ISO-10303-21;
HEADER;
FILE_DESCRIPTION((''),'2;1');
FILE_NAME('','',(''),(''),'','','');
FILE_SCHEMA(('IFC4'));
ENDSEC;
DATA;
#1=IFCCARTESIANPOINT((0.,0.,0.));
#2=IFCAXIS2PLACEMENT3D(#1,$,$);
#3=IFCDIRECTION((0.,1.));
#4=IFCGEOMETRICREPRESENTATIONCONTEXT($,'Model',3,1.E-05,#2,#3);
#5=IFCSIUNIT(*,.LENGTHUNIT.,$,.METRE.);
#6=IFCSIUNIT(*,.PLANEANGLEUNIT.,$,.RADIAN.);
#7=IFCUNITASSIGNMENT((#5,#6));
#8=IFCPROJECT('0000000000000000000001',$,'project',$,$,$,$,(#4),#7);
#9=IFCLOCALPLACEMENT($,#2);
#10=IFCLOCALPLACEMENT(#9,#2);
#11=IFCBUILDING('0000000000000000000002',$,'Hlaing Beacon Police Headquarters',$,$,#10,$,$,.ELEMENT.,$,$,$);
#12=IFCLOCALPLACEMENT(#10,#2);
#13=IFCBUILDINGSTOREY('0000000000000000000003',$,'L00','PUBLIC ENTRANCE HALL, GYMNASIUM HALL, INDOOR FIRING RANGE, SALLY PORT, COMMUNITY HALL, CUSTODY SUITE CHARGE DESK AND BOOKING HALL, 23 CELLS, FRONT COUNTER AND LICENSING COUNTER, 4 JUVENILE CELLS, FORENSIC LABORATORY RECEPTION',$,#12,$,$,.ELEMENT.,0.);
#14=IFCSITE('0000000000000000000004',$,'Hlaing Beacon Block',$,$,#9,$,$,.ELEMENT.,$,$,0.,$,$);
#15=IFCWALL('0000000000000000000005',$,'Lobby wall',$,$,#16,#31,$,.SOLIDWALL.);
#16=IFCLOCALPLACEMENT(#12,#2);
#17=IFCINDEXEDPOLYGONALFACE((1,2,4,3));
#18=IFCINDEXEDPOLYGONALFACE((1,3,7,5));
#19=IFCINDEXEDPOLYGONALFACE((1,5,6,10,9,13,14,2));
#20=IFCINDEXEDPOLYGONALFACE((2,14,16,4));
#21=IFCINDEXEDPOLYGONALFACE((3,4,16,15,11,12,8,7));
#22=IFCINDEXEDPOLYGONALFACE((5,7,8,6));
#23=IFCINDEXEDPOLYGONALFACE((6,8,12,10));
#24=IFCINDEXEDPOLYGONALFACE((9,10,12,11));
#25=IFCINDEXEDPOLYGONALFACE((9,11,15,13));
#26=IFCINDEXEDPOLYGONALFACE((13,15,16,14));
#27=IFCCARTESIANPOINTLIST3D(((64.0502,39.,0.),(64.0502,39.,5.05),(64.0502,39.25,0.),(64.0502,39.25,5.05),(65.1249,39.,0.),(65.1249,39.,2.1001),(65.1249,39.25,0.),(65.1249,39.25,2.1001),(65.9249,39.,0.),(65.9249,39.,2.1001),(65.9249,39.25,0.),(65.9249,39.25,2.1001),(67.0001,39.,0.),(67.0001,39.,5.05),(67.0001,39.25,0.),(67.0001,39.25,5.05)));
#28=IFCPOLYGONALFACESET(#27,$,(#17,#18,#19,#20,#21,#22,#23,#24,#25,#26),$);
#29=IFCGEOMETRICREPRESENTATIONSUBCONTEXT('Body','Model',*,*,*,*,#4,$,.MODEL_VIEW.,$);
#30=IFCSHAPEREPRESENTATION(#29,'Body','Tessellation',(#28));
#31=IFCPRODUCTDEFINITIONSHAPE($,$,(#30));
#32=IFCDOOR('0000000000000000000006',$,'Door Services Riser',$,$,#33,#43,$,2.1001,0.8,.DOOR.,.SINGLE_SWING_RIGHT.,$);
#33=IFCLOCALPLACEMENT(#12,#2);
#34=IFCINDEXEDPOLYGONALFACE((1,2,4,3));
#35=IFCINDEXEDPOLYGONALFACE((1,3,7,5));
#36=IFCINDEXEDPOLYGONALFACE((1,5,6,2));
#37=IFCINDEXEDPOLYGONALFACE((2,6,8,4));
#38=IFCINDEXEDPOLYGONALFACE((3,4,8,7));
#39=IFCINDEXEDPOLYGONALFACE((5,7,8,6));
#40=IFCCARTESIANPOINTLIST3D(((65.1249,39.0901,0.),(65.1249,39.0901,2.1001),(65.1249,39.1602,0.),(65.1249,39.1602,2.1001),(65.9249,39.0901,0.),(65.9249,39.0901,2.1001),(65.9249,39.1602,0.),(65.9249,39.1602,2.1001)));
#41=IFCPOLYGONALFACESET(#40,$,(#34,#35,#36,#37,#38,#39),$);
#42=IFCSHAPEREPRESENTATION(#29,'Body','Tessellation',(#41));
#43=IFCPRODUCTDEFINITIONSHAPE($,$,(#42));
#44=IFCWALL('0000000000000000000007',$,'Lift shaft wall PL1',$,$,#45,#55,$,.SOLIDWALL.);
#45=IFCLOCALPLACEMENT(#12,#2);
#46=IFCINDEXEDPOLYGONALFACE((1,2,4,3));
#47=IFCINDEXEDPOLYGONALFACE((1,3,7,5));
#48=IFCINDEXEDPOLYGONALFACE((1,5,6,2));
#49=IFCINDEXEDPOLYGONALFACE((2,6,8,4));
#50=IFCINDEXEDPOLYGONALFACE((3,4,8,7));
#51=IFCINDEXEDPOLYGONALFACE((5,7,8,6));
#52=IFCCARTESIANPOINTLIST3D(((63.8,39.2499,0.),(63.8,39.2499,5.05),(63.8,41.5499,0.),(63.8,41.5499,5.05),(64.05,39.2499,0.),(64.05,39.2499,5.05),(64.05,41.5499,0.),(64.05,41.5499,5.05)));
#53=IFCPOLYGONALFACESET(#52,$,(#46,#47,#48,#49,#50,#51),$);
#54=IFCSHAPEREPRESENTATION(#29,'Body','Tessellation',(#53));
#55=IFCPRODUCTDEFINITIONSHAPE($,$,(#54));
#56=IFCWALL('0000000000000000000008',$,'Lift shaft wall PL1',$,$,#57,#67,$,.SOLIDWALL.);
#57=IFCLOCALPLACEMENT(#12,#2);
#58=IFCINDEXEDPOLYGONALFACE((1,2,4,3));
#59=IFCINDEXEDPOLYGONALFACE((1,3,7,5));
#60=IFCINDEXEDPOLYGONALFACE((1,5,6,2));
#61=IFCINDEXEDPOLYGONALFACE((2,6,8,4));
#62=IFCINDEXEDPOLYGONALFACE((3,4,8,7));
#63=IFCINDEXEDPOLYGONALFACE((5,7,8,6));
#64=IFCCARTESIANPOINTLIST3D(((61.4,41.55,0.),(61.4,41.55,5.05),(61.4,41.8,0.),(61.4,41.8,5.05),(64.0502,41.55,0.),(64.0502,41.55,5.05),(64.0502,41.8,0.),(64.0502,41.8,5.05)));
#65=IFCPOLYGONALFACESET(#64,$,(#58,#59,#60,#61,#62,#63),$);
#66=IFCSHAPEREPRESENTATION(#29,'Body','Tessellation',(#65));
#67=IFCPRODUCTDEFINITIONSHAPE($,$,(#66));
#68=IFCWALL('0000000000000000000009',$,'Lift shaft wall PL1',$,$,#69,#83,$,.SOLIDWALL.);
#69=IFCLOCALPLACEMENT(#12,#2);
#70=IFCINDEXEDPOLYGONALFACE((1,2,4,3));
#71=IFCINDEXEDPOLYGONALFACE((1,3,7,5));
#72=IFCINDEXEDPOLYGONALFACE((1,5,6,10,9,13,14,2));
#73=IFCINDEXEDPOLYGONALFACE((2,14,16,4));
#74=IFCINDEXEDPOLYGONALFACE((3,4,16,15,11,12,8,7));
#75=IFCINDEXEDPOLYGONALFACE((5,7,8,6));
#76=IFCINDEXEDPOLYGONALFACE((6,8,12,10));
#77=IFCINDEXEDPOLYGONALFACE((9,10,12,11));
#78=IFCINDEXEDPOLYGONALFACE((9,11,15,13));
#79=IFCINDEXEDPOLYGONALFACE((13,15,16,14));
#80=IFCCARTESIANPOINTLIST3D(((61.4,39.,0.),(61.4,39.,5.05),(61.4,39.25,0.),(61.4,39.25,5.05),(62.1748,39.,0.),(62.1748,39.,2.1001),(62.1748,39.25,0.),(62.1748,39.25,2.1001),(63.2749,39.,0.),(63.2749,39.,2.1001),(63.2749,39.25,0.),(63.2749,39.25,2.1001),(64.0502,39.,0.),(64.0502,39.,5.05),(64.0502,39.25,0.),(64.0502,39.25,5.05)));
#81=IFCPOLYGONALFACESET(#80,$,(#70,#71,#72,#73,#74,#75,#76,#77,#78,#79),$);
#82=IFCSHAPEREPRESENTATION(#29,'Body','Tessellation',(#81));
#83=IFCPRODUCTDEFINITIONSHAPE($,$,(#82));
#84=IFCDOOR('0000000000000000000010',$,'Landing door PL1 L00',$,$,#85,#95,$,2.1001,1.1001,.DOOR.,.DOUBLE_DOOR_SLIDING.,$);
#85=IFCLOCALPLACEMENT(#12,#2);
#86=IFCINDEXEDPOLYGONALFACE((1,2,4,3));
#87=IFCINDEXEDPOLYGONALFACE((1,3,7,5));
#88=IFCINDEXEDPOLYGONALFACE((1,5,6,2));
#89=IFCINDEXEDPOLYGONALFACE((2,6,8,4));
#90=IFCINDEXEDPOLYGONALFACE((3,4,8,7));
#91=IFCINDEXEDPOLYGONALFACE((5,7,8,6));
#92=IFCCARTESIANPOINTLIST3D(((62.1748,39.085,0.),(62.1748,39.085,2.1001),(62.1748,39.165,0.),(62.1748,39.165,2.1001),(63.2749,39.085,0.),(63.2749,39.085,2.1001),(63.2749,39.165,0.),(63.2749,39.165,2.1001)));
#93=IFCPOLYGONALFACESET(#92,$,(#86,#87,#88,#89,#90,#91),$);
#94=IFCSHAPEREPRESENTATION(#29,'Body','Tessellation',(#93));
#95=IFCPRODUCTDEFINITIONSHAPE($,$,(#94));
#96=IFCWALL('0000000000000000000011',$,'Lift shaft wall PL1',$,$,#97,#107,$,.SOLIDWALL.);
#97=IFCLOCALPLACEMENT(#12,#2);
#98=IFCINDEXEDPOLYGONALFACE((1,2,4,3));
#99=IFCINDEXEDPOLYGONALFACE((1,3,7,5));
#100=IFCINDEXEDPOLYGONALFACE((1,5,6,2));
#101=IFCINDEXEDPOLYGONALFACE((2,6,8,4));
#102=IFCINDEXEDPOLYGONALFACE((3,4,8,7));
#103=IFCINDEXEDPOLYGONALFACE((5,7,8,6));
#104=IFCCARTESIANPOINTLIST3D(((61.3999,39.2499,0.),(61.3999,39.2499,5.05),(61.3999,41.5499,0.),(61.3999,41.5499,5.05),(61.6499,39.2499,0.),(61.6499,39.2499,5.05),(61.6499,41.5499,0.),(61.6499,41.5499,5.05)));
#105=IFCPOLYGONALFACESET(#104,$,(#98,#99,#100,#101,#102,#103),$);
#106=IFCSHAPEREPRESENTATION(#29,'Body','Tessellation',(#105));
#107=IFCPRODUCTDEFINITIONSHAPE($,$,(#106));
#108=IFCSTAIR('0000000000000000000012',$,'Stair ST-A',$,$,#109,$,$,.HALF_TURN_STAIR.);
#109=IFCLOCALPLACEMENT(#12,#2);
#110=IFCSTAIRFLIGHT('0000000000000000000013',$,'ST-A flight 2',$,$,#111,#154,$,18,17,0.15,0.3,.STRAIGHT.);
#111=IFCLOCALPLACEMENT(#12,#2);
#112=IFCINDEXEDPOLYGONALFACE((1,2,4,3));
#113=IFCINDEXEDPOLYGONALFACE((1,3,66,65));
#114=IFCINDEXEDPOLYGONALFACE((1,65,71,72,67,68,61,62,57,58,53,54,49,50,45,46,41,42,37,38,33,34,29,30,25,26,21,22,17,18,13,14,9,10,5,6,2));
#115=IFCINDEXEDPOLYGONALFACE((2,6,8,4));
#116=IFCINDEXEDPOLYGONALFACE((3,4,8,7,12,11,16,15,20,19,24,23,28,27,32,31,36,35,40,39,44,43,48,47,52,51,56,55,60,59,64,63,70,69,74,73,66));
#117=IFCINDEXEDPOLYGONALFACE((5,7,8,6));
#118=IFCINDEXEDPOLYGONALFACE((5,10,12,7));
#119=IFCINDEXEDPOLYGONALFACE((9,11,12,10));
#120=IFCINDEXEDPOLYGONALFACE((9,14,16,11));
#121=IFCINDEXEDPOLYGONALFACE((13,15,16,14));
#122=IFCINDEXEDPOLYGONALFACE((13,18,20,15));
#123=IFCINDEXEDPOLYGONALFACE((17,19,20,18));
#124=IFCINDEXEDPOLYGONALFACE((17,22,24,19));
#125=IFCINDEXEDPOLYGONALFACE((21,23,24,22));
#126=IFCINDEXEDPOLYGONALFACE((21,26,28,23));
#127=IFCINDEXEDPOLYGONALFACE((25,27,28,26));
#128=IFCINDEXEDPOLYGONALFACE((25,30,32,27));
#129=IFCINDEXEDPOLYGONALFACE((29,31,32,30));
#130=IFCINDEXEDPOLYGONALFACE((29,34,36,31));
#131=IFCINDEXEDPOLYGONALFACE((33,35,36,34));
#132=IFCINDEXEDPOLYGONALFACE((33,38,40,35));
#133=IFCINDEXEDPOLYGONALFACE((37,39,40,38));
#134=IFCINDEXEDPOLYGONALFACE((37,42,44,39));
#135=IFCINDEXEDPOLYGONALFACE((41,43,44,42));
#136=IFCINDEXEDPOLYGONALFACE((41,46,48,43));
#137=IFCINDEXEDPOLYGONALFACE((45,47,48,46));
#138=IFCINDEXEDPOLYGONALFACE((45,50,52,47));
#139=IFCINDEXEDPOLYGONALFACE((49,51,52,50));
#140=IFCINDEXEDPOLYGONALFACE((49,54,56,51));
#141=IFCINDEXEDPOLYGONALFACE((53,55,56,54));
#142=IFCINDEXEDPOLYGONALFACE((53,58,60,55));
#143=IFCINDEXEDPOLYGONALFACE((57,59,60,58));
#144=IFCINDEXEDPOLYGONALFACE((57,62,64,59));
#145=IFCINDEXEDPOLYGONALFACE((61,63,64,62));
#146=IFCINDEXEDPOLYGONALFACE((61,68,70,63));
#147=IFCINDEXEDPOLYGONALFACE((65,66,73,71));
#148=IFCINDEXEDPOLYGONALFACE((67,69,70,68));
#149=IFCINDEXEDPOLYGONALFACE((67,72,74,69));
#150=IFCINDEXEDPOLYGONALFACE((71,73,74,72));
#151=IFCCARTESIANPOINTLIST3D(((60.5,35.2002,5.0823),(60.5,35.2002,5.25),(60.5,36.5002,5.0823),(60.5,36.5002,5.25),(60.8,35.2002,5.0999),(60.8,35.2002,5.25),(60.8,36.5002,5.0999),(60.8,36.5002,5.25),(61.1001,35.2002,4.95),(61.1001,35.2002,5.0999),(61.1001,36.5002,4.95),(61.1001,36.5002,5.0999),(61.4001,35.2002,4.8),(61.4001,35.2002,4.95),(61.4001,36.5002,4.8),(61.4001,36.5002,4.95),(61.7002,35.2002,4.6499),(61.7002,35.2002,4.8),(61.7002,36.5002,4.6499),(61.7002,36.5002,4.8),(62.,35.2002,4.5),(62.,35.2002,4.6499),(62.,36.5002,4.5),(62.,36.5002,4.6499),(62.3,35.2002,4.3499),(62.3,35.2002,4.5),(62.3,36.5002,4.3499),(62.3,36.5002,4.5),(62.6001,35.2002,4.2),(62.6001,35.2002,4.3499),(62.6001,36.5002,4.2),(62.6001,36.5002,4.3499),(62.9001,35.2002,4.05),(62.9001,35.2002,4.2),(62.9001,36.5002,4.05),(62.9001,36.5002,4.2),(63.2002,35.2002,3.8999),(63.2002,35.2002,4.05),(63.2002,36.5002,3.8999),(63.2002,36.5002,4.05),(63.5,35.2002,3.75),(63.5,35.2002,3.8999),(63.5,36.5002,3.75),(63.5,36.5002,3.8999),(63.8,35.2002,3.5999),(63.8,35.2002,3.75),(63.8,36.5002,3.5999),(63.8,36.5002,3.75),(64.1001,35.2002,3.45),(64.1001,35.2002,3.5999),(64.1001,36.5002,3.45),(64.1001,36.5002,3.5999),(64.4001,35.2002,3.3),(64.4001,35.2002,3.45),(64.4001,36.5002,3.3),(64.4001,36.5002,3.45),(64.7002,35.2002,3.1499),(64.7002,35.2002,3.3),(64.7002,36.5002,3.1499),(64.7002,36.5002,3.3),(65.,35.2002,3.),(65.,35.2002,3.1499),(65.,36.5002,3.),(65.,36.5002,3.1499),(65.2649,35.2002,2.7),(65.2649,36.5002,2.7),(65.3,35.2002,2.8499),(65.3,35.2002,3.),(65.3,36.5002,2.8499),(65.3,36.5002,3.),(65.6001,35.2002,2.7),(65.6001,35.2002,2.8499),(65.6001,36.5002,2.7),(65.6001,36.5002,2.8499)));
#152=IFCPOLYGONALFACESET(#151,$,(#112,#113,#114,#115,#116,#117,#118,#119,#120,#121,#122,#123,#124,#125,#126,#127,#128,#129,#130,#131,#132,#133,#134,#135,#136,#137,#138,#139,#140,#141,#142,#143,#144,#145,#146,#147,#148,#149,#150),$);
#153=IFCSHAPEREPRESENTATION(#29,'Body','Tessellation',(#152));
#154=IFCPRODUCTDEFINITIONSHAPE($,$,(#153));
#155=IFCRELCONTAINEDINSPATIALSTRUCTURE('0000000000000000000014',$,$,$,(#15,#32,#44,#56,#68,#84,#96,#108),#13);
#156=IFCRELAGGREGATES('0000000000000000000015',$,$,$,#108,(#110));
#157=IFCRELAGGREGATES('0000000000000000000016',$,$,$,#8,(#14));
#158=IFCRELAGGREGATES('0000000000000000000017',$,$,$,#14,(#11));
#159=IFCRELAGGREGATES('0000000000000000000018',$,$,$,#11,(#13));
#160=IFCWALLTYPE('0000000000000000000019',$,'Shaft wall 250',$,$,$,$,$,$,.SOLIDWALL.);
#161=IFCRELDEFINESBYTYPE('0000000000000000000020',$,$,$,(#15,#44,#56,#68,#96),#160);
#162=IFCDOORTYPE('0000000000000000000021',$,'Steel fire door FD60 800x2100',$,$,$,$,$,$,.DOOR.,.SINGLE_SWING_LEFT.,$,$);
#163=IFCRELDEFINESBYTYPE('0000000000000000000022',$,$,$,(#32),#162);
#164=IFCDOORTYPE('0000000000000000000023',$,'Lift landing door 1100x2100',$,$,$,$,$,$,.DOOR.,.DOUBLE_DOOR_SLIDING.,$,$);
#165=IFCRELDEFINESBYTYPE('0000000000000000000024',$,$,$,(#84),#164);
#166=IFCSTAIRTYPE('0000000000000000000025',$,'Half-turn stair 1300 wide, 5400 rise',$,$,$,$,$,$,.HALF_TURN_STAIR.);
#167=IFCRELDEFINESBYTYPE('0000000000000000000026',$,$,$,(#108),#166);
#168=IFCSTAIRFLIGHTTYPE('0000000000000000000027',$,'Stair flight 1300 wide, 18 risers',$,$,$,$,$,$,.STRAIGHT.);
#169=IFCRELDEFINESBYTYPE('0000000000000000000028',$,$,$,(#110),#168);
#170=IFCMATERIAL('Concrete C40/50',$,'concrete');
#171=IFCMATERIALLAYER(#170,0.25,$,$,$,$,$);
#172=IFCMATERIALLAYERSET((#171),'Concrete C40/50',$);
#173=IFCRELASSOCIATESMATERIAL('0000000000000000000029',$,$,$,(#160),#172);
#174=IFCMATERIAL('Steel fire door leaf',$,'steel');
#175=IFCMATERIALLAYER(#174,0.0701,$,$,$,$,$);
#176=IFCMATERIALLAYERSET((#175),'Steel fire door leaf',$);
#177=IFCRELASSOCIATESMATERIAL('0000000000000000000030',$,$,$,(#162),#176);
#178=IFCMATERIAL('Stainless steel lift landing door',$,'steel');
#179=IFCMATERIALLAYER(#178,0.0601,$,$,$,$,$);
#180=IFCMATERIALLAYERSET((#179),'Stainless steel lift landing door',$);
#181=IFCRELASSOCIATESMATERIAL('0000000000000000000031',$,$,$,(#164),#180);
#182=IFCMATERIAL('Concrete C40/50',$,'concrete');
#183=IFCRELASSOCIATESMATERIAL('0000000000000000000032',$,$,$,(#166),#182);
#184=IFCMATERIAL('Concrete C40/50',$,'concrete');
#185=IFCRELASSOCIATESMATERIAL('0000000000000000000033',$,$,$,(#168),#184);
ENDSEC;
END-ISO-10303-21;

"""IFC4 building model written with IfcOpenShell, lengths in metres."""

from ifc_helpers import new_model, si_unit, direction, frame, frame_2d, origin, place, context, subcontext, project, spatial, polyline, rectangle, outline, extrude, material, layer, layer_set, type_object, element, fill, aggregate, save


model = new_model("IFC4")

# Units and contexts
model_context = context("Model", 3, precision=1e-05, world=origin(), true_north=direction((0.0, 1.0)))
body_context = subcontext(model_context, "Body", "Model", "MODEL_VIEW")
ifc_project = project(units=[si_unit("LENGTHUNIT", "METRE"), si_unit("PLANEANGLEUNIT", "RADIAN")], contexts=[model_context])

# Site, building, storey
site_placement = place(None, origin())
site = spatial("IfcSite", under=ifc_project, at=site_placement, Name="Hlaing Beacon Block", CompositionType="ELEMENT", RefElevation=0.0)
building_placement = place(site_placement, origin())
building = spatial("IfcBuilding", under=site, at=building_placement, Name="Hlaing Beacon Police Headquarters", CompositionType="ELEMENT")
storey_placement = place(building_placement, origin())
storey = spatial("IfcBuildingStorey", under=building, at=storey_placement, Name="L00", Description="PUBLIC ENTRANCE HALL, GYMNASIUM HALL, INDOOR FIRING RANGE, SALLY PORT, COMMUNITY HALL, CUSTODY SUITE CHARGE DESK AND BOOKING HALL, 23 CELLS, FRONT COUNTER AND LICENSING COUNTER, 4 JUVENILE CELLS, FORENSIC LABORATORY RECEPTION", CompositionType="ELEMENT", Elevation=0.0)

# Wall, opening, door
ifc_material_1 = material(Name="Concrete C40/50", Category="concrete")
ifc_layer_1 = layer(ifc_material_1, 0.25)
ifc_layer_set_1 = layer_set([ifc_layer_1], Name="Concrete C40/50")
wall_type_1 = type_object("IfcWallType", Name="Shaft wall 250", PredefinedType="SOLIDWALL", material=ifc_layer_set_1)
wall_1_placement = place(storey_placement, frame((64.05, 39.125, 0.0), z_axis=(0.0, 0.0, 1.0), x_axis=(1.0, 0.0, 0.0)))
wall_1 = element("IfcWall", 1, at=wall_1_placement, inside=storey, type_object=wall_type_1, Name="Lobby wall", PredefinedType="SOLIDWALL", context=body_context, shape_type="SweptSolid", body=[
    extrude(rectangle(XDim=2.95, YDim=0.25, at=frame_2d((1.4751, 0.0))), origin(), (0.0, 0.0, 1.0), 5.05),
])
opening_1_placement = place(wall_1_placement, frame((1.075, 0.0, 0.0)))
opening_1 = element("IfcOpeningElement", 2, at=opening_1_placement, cuts=wall_1, PredefinedType="OPENING", context=body_context, shape_type="SweptSolid", body=[
    extrude(rectangle(XDim=0.8, YDim=2.1001, at=frame_2d((0.3999, 1.05))), frame((0.0, 0.135, 0.0), z_axis=(0.0, -1.0, 0.0), x_axis=(1.0, 0.0, 0.0)), (0.0, 0.0, 1.0), 0.27),
])
ifc_material_2 = material(Name="Steel fire door leaf", Category="steel")
ifc_layer_2 = layer(ifc_material_2, 0.0701)
ifc_layer_set_2 = layer_set([ifc_layer_2], Name="Steel fire door leaf")
door_type_1 = type_object("IfcDoorType", Name="Steel fire door FD60 800x2100", OperationType="SINGLE_SWING_LEFT", PredefinedType="DOOR", material=ifc_layer_set_2)
door_1_placement = place(opening_1_placement, origin())
door_1 = element("IfcDoor", 3, at=door_1_placement, inside=storey, type_object=door_type_1, Name="Door Services Riser", OperationType="SINGLE_SWING_RIGHT", OverallHeight=2.1001, OverallWidth=0.8, PredefinedType="DOOR", context=body_context, shape_type="SweptSolid", body=[
    extrude(rectangle(XDim=0.8, YDim=2.1001, at=frame_2d((0.3999, 1.05))), frame((0.0, 0.0352, 0.0), z_axis=(0.0, -1.0, 0.0), x_axis=(1.0, 0.0, 0.0)), (0.0, 0.0, 1.0), 0.0701),
])
fill(opening_1, door_1)

# Walls
wall_2_placement = place(storey_placement, frame((63.925, 39.25, 0.0), z_axis=(0.0, 0.0, 1.0), x_axis=(0.0, 1.0, 0.0)))
element("IfcWall", 4, at=wall_2_placement, inside=storey, type_object=wall_type_1, Name="Lift shaft wall PL1", PredefinedType="SOLIDWALL", context=body_context, shape_type="SweptSolid", body=[
    extrude(rectangle(XDim=2.3, YDim=0.25, at=frame_2d((1.1499, 0.0))), origin(), (0.0, 0.0, 1.0), 5.05),
])
wall_3_placement = place(storey_placement, frame((61.3999, 41.675, 0.0), z_axis=(0.0, 0.0, 1.0), x_axis=(1.0, 0.0, 0.0)))
element("IfcWall", 5, at=wall_3_placement, inside=storey, type_object=wall_type_1, Name="Lift shaft wall PL1", PredefinedType="SOLIDWALL", context=body_context, shape_type="SweptSolid", body=[
    extrude(rectangle(XDim=2.6501, YDim=0.25, at=frame_2d((1.3252, 0.0))), origin(), (0.0, 0.0, 1.0), 5.05),
])

# Wall, opening, door
wall_4_placement = place(storey_placement, frame((61.3999, 39.125, 0.0), z_axis=(0.0, 0.0, 1.0), x_axis=(1.0, 0.0, 0.0)))
wall_4 = element("IfcWall", 6, at=wall_4_placement, inside=storey, type_object=wall_type_1, Name="Lift shaft wall PL1", PredefinedType="SOLIDWALL", context=body_context, shape_type="SweptSolid", body=[
    extrude(rectangle(XDim=2.6501, YDim=0.25, at=frame_2d((1.3252, 0.0))), origin(), (0.0, 0.0, 1.0), 5.05),
])
opening_2_placement = place(wall_4_placement, frame((0.7749, 0.0, 0.0)))
opening_2 = element("IfcOpeningElement", 7, at=opening_2_placement, cuts=wall_4, PredefinedType="OPENING", context=body_context, shape_type="SweptSolid", body=[
    extrude(rectangle(XDim=1.1001, YDim=2.1001, at=frame_2d((0.55, 1.05))), frame((0.0, 0.135, 0.0), z_axis=(0.0, -1.0, 0.0), x_axis=(1.0, 0.0, 0.0)), (0.0, 0.0, 1.0), 0.27),
])
ifc_material_3 = material(Name="Stainless steel lift landing door", Category="steel")
ifc_layer_3 = layer(ifc_material_3, 0.0601)
ifc_layer_set_3 = layer_set([ifc_layer_3], Name="Stainless steel lift landing door")
door_type_2 = type_object("IfcDoorType", Name="Lift landing door 1100x2100", OperationType="DOUBLE_DOOR_SLIDING", PredefinedType="DOOR", material=ifc_layer_set_3)
door_2_placement = place(opening_2_placement, origin())
door_2 = element("IfcDoor", 8, at=door_2_placement, inside=storey, type_object=door_type_2, Name="Landing door PL1 L00", OperationType="DOUBLE_DOOR_SLIDING", OverallHeight=2.1001, OverallWidth=1.1001, PredefinedType="DOOR", context=body_context, shape_type="SweptSolid", body=[
    extrude(rectangle(XDim=1.1001, YDim=2.1001, at=frame_2d((0.55, 1.05))), frame((0.0, 0.04, 0.0), z_axis=(0.0, -1.0, 0.0), x_axis=(1.0, 0.0, 0.0)), (0.0, 0.0, 1.0), 0.0801),
])
fill(opening_2, door_2)

# Wall
wall_5_placement = place(storey_placement, frame((61.5249, 39.25, 0.0), z_axis=(0.0, 0.0, 1.0), x_axis=(0.0, 1.0, 0.0)))
element("IfcWall", 9, at=wall_5_placement, inside=storey, type_object=wall_type_1, Name="Lift shaft wall PL1", PredefinedType="SOLIDWALL", context=body_context, shape_type="SweptSolid", body=[
    extrude(rectangle(XDim=2.3, YDim=0.25, at=frame_2d((1.1499, 0.0))), origin(), (0.0, 0.0, 1.0), 5.05),
])

# Stair, stair flight
ifc_material_4 = material(Name="Concrete C40/50", Category="concrete")
stair_type = type_object("IfcStairType", Name="Half-turn stair 1300 wide, 5400 rise", PredefinedType="HALF_TURN_STAIR", material=ifc_material_4)
stair_placement = place(storey_placement, origin())
stair = element("IfcStair", 10, at=stair_placement, inside=storey, type_object=stair_type, Name="Stair ST-A", PredefinedType="HALF_TURN_STAIR")
ifc_material_5 = material(Name="Concrete C40/50", Category="concrete")
stair_flight_type = type_object("IfcStairFlightType", Name="Stair flight 1300 wide, 18 risers", PredefinedType="STRAIGHT", material=ifc_material_5)
stair_flight_placement = place(storey_placement, frame((65.6001, 35.8501, 2.7), z_axis=(0.0, 0.0, 1.0), x_axis=(-1.0, 0.0, 0.0)))
stair_flight = element("IfcStairFlight", 11, at=stair_flight_placement, type_object=stair_flight_type, Name="ST-A flight 2", NumberOfRisers=18, NumberOfTreads=17, PredefinedType="STRAIGHT", RiserHeight=0.15, TreadLength=0.3, context=body_context, shape_type="SweptSolid", body=[
    extrude(outline(polyline([(0.0, 0.0), (0.0, 0.1499), (0.3, 0.1499), (0.3, 0.3), (0.6001, 0.3), (0.6001, 0.45), (0.8999, 0.45), (0.8999, 0.6001), (1.2, 0.6001), (1.2, 0.75), (1.5, 0.75), (1.5, 0.8999), (1.8, 0.8999), (1.8, 1.05), (2.1001, 1.05), (2.1001, 1.2), (2.3999, 1.2), (2.3999, 1.3501), (2.7, 1.3501), (2.7, 1.5), (3.0, 1.5), (3.0, 1.6499), (3.3, 1.6499), (3.3, 1.8), (3.6001, 1.8), (3.6001, 1.95), (3.8999, 1.95), (3.8999, 2.1001), (4.2, 2.1001), (4.2, 2.25), (4.5, 2.25), (4.5, 2.3999), (4.8, 2.3999), (4.8, 2.55), (5.1001, 2.55), (5.1001, 2.7), (5.1001, 2.3823), (0.3352, 0.0), (0.0, 0.0)])), frame((0.0, 0.6499, 0.0), z_axis=(0.0, -1.0, 0.0), x_axis=(1.0, 0.0, 0.0)), (0.0, 0.0, 1.0), 1.3),
])
aggregate(stair, [stair_flight])

save(model, "model.ifc")
